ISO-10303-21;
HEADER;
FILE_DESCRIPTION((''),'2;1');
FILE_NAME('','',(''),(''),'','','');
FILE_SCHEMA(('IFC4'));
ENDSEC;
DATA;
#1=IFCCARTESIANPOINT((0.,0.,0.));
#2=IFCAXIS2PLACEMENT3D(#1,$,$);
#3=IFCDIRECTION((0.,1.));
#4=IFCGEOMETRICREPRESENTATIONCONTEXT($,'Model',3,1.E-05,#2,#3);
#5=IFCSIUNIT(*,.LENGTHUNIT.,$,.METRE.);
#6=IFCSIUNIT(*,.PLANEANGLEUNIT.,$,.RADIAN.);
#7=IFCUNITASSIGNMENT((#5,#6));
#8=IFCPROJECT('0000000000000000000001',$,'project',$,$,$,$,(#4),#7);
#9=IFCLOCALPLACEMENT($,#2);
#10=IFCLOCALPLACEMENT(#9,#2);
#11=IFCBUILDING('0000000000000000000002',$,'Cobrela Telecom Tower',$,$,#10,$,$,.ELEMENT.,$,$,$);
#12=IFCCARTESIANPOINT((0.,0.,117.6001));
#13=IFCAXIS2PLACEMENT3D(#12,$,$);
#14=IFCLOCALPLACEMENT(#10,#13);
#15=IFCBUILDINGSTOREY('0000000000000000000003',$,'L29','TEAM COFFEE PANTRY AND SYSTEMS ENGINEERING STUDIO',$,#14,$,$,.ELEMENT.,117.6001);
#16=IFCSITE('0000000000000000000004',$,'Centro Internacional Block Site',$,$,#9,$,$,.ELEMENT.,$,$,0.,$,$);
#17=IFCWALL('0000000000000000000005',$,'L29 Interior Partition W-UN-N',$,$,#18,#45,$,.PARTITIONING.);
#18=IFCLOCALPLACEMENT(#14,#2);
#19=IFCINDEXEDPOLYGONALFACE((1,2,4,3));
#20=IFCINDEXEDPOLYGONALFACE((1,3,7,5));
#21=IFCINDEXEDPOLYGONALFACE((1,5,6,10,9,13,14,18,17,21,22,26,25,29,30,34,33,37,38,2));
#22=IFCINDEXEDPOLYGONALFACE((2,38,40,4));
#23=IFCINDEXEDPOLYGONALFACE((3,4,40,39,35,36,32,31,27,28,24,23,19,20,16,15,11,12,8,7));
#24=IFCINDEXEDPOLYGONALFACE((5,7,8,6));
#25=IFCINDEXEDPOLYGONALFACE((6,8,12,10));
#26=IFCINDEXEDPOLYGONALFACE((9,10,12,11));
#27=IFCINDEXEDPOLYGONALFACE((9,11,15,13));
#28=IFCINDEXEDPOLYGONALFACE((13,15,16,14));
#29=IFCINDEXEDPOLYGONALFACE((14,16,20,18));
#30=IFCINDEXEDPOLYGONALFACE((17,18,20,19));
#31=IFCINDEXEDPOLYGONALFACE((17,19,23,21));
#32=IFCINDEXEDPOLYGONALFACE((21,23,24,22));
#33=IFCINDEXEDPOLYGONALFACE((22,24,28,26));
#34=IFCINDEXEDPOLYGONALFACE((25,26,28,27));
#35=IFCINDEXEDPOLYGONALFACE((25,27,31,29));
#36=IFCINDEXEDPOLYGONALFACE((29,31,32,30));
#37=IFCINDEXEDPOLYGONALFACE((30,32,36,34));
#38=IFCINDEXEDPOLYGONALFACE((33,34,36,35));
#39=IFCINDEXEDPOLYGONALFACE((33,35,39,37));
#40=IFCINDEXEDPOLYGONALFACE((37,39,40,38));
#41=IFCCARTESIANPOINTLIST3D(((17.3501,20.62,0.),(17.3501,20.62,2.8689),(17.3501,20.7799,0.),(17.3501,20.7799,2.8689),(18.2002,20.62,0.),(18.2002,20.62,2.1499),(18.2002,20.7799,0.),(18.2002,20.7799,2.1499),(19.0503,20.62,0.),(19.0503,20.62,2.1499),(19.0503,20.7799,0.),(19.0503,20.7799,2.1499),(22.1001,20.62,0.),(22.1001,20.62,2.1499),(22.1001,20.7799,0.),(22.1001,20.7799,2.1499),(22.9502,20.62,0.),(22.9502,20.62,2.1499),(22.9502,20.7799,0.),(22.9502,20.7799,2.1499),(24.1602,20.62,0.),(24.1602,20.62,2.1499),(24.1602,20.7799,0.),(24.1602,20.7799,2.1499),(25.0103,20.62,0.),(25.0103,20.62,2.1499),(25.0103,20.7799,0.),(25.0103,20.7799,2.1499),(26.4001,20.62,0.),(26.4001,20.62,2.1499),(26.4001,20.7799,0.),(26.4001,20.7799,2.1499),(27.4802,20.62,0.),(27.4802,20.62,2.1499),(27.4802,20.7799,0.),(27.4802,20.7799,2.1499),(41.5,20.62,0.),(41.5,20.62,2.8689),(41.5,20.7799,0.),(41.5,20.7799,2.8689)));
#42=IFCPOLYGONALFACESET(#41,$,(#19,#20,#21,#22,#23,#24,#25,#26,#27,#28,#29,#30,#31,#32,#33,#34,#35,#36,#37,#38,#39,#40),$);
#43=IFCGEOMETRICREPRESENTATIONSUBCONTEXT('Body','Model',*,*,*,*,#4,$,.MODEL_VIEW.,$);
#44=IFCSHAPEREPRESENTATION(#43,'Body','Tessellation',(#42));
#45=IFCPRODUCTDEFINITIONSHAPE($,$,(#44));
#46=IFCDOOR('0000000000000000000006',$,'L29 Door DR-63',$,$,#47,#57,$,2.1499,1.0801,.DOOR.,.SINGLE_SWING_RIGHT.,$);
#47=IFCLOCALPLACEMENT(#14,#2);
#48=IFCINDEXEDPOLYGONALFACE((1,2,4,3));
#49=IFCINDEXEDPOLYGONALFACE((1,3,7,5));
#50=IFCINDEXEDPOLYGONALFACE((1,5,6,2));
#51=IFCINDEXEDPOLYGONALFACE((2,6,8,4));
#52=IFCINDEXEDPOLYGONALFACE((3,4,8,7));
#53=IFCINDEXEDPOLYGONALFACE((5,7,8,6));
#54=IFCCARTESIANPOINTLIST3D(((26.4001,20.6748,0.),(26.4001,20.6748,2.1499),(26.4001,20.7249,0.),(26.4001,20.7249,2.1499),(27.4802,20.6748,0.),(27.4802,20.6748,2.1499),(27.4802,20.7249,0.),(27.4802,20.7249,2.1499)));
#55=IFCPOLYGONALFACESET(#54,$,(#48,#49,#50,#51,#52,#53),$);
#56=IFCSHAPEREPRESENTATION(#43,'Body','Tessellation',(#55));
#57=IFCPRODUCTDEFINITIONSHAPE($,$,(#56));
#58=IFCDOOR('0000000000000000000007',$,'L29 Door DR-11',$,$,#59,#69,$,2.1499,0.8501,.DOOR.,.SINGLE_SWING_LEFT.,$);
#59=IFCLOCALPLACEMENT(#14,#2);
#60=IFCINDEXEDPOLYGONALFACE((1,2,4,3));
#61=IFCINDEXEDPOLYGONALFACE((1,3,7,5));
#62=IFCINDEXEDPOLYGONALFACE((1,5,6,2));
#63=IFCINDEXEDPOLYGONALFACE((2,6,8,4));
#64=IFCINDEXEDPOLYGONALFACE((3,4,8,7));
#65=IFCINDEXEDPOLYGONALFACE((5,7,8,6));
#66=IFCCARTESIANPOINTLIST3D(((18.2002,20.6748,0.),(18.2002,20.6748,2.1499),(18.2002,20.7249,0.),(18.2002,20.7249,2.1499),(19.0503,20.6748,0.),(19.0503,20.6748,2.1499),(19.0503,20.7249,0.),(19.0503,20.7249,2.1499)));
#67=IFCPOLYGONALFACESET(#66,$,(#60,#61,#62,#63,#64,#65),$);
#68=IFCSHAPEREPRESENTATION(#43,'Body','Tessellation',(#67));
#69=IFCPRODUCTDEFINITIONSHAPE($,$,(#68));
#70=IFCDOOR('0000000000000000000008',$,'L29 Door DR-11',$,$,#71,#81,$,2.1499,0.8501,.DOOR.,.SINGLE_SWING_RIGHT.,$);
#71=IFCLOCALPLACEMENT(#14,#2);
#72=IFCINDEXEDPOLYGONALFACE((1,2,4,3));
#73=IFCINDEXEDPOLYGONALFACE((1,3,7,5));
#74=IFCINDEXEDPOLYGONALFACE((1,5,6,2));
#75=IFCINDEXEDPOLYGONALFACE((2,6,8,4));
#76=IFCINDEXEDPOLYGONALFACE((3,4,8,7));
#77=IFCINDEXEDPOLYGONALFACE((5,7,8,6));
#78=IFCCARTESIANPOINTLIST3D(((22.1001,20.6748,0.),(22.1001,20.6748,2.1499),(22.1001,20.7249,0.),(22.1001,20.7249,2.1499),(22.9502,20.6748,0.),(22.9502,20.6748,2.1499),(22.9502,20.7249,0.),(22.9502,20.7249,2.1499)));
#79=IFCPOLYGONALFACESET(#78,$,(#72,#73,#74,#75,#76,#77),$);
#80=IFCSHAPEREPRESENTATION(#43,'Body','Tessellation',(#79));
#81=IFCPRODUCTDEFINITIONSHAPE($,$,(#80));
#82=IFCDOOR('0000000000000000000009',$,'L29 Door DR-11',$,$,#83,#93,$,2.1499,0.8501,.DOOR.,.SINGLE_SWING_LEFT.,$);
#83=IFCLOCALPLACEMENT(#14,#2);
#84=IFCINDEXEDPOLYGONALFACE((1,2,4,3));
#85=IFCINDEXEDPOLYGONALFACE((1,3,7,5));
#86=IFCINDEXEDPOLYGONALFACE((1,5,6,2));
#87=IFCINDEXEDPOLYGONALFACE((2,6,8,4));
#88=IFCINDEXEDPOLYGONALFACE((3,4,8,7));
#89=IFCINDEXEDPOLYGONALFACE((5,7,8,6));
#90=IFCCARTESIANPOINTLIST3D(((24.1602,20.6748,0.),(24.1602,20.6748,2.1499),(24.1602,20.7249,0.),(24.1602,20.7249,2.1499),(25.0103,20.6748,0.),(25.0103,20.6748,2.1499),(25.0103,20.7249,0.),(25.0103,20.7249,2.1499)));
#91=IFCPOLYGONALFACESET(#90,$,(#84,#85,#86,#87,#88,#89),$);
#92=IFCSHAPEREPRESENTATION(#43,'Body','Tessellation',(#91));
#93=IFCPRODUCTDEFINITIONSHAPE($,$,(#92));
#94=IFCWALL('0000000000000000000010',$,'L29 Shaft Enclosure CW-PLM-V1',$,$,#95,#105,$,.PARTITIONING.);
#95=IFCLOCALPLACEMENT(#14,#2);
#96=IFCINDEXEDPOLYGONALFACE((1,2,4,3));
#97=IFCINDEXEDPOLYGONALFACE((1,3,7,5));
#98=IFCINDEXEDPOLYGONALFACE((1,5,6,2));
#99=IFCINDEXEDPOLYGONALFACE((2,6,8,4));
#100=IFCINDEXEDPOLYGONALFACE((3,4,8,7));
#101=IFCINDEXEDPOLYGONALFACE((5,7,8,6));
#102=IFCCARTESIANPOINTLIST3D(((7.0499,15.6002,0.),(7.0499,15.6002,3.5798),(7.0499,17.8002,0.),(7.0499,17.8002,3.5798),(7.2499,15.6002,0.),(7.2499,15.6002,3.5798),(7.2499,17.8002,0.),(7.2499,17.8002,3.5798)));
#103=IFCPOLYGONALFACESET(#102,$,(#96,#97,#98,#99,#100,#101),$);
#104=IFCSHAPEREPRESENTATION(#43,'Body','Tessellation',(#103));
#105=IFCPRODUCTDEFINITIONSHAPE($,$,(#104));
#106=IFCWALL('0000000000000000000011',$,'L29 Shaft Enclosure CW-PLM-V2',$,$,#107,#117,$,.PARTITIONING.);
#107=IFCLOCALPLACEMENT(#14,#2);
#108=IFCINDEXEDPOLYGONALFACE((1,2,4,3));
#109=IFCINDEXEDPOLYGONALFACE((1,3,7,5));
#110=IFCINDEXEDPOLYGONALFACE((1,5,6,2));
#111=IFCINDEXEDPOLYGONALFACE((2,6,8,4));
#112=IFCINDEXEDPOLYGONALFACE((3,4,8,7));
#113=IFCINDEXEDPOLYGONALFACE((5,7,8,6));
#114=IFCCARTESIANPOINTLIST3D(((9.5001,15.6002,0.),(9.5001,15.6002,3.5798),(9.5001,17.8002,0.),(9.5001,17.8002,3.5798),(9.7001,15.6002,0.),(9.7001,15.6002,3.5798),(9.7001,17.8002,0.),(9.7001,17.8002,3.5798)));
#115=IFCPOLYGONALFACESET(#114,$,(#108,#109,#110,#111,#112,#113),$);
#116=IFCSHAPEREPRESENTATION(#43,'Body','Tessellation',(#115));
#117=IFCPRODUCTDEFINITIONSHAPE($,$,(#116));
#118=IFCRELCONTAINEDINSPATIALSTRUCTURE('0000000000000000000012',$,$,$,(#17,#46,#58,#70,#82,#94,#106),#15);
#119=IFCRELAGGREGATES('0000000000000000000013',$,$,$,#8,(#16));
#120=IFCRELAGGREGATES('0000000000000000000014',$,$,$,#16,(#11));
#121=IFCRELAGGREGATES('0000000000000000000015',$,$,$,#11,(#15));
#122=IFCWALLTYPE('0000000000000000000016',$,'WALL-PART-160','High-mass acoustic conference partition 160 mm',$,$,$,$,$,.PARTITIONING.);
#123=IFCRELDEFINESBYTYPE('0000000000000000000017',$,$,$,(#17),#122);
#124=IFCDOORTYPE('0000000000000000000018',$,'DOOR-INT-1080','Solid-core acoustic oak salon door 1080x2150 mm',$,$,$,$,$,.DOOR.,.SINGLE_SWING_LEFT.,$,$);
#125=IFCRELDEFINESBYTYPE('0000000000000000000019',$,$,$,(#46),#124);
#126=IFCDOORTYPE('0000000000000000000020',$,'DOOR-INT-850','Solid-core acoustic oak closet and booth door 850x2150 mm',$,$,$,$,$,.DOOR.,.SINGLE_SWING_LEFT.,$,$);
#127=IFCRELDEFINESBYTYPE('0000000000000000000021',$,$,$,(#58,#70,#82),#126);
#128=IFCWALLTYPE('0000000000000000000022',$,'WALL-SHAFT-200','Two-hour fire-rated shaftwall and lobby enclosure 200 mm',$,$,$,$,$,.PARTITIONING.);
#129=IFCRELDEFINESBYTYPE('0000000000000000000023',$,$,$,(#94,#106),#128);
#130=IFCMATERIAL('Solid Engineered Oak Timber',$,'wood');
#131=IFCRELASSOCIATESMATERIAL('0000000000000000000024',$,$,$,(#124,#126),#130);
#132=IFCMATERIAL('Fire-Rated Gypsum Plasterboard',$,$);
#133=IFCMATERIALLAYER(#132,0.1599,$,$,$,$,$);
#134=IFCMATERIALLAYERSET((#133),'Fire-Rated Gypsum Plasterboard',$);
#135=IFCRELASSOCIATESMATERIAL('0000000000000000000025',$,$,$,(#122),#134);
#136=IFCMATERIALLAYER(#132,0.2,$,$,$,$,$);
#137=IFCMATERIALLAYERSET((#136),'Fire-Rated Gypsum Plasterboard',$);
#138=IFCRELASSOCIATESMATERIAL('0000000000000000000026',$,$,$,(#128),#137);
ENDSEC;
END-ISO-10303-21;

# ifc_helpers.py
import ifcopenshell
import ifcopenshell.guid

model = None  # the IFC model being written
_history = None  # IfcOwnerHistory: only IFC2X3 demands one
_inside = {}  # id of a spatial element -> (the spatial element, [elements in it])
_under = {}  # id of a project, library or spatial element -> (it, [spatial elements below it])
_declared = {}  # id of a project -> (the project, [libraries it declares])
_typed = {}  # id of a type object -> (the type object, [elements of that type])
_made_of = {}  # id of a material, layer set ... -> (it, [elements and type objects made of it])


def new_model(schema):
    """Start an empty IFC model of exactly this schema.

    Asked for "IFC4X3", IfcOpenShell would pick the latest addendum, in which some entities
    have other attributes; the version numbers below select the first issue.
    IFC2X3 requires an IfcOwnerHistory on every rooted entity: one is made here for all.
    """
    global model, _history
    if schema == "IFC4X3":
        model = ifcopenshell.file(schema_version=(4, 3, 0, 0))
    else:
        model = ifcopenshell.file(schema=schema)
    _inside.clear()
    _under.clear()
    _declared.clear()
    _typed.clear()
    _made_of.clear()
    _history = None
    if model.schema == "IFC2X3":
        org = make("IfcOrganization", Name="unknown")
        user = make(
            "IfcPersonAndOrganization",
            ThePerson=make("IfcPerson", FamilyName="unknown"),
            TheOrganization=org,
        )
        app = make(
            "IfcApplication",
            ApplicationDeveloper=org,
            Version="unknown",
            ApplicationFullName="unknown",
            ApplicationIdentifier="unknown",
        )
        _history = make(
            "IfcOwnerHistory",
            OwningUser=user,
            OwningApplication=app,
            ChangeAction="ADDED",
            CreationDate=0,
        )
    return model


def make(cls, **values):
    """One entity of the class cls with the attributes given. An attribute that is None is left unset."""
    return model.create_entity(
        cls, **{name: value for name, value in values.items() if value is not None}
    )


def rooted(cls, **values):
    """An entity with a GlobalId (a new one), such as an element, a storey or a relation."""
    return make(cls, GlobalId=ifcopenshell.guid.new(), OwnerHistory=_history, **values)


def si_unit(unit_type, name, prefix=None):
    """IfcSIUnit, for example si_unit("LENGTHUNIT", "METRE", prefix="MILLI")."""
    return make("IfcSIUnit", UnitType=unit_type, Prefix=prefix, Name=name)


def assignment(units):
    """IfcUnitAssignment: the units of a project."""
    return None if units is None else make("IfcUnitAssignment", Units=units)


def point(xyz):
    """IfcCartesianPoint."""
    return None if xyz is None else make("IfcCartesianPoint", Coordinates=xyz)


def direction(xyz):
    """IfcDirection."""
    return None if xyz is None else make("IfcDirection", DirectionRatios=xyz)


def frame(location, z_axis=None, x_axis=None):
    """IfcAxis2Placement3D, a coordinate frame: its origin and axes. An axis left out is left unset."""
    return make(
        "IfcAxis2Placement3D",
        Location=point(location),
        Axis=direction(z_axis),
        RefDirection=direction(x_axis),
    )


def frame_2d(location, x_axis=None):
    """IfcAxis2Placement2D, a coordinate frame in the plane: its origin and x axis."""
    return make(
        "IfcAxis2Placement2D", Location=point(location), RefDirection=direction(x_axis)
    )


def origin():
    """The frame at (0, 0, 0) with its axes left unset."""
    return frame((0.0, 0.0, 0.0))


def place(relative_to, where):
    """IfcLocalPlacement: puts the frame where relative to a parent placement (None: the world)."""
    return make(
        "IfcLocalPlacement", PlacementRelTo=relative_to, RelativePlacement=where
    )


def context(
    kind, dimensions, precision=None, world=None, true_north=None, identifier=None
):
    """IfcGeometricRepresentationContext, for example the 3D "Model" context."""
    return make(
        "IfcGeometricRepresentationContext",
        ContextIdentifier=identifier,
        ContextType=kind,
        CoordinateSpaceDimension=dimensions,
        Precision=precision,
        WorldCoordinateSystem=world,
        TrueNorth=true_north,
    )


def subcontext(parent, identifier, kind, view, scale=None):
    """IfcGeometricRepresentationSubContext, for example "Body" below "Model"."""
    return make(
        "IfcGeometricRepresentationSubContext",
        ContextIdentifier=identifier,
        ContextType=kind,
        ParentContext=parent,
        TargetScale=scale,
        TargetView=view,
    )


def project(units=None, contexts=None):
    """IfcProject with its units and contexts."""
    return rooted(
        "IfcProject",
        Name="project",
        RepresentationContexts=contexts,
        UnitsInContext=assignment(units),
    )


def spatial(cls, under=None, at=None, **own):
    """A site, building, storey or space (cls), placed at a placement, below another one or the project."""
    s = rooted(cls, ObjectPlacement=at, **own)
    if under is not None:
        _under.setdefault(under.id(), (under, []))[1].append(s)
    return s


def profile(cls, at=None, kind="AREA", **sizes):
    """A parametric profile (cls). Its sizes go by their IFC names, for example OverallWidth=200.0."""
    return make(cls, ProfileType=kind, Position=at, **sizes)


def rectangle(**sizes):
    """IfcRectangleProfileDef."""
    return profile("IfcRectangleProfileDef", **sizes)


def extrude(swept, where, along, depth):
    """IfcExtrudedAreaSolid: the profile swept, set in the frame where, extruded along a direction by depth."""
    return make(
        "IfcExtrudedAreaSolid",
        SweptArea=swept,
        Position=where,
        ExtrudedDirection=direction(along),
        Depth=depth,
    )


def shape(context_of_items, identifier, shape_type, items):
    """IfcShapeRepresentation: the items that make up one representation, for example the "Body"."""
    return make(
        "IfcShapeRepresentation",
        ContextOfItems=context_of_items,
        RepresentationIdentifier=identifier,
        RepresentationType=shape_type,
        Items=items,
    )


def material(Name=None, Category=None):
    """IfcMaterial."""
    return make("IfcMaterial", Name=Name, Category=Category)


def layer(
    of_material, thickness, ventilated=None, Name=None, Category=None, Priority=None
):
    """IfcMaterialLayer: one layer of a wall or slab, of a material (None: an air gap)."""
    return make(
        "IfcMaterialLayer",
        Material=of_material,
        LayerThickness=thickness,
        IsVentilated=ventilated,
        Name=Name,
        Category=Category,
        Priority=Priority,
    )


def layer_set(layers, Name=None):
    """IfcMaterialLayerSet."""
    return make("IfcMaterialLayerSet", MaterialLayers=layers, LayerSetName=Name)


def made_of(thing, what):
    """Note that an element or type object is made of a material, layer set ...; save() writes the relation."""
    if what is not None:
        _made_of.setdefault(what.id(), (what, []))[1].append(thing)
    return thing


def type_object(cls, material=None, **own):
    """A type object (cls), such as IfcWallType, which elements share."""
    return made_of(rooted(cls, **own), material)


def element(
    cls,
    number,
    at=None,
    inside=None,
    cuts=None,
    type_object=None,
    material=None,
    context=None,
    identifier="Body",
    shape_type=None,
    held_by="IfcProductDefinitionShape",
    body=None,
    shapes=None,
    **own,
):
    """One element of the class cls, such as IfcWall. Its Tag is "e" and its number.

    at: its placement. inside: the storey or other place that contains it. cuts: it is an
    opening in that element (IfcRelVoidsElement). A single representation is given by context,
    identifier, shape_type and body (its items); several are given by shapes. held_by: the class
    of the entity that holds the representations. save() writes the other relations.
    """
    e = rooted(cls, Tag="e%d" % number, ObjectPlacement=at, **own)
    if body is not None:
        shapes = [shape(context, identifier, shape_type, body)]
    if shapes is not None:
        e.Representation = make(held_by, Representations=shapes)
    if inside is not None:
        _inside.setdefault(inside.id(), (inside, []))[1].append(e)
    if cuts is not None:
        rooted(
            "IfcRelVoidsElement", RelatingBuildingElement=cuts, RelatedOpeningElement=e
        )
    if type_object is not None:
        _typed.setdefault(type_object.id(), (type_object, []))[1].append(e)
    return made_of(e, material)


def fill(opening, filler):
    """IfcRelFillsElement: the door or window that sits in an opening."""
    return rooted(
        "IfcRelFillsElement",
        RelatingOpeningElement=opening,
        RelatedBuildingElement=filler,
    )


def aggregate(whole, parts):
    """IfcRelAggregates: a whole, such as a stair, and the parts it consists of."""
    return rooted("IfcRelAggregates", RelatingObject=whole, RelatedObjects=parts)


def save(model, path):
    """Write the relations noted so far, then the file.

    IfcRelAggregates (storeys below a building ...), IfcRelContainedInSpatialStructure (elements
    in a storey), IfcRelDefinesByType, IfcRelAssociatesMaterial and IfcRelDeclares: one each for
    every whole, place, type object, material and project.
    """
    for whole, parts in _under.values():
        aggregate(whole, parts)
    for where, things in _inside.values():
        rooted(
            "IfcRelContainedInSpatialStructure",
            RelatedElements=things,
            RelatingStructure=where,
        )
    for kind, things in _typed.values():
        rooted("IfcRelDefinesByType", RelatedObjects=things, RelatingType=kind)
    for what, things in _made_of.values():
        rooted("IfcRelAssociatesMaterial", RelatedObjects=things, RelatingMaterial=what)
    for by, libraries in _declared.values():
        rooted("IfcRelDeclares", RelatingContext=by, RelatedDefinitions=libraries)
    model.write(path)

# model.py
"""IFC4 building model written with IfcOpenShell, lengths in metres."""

from ifc_helpers import new_model, si_unit, direction, frame, frame_2d, origin, place, context, subcontext, project, spatial, rectangle, extrude, material, layer, layer_set, type_object, element, fill, save


model = new_model("IFC4")

# Units and contexts
model_context = context("Model", 3, precision=1e-05, world=origin(), true_north=direction((0.0, 1.0)))
body_context = subcontext(model_context, "Body", "Model", "MODEL_VIEW")
ifc_project = project(units=[si_unit("LENGTHUNIT", "METRE"), si_unit("PLANEANGLEUNIT", "RADIAN")], contexts=[model_context])

# Site, building, storey
site_placement = place(None, origin())
site = spatial("IfcSite", under=ifc_project, at=site_placement, Name="Centro Internacional Block Site", CompositionType="ELEMENT", RefElevation=0.0)
building_placement = place(site_placement, origin())
building = spatial("IfcBuilding", under=site, at=building_placement, Name="Cobrela Telecom Tower", CompositionType="ELEMENT")
storey_placement = place(building_placement, frame((0.0, 0.0, 117.6001)))
storey = spatial("IfcBuildingStorey", under=building, at=storey_placement, Name="L29", Description="TEAM COFFEE PANTRY AND SYSTEMS ENGINEERING STUDIO", CompositionType="ELEMENT", Elevation=117.6001)

# Wall, openings, doors
ifc_material_1 = material(Name="Fire-Rated Gypsum Plasterboard")
ifc_material_2 = material(Name="Solid Engineered Oak Timber", Category="wood")
door_type_1 = type_object("IfcDoorType", Name="DOOR-INT-1080", Description="Solid-core acoustic oak salon door 1080x2150 mm", OperationType="SINGLE_SWING_LEFT", PredefinedType="DOOR", material=ifc_material_2)
ifc_layer_1 = layer(ifc_material_1, 0.1599)
ifc_layer_set_1 = layer_set([ifc_layer_1], Name="Fire-Rated Gypsum Plasterboard")
wall_type_1 = type_object("IfcWallType", Name="WALL-PART-160", Description="High-mass acoustic conference partition 160 mm", PredefinedType="PARTITIONING", material=ifc_layer_set_1)
wall_1_placement = place(storey_placement, frame((17.3501, 20.7, 0.0), z_axis=(0.0, 0.0, 1.0), x_axis=(1.0, 0.0, 0.0)))
wall_1 = element("IfcWall", 1, at=wall_1_placement, inside=storey, type_object=wall_type_1, Name="L29 Interior Partition W-UN-N", PredefinedType="PARTITIONING", context=body_context, shape_type="SweptSolid", body=[
    extrude(rectangle(XDim=24.1499, YDim=0.1599, at=frame_2d((12.075, 0.0))), origin(), (0.0, 0.0, 1.0), 2.8689),
])
opening_1_placement = place(wall_1_placement, frame((0.8501, 0.0, 0.0)))
opening_1 = element("IfcOpeningElement", 2, at=opening_1_placement, cuts=wall_1, PredefinedType="OPENING", context=body_context, shape_type="SweptSolid", body=[
    extrude(rectangle(XDim=0.8501, YDim=2.1499, at=frame_2d((0.425, 1.075))), frame((0.0, 0.0918, 0.0), z_axis=(0.0, -1.0, 0.0), x_axis=(1.0, 0.0, 0.0)), (0.0, 0.0, 1.0), 0.1838),
])
opening_2_placement = place(wall_1_placement, frame((4.75, 0.0, 0.0)))
opening_2 = element("IfcOpeningElement", 3, at=opening_2_placement, cuts=wall_1, PredefinedType="OPENING", context=body_context, shape_type="SweptSolid", body=[
    extrude(rectangle(XDim=0.8501, YDim=2.1499, at=frame_2d((0.425, 1.075))), frame((0.0, 0.0918, 0.0), z_axis=(0.0, -1.0, 0.0), x_axis=(1.0, 0.0, 0.0)), (0.0, 0.0, 1.0), 0.1838),
])
opening_3_placement = place(wall_1_placement, frame((6.8101, 0.0, 0.0)))
opening_3 = element("IfcOpeningElement", 4, at=opening_3_placement, cuts=wall_1, PredefinedType="OPENING", context=body_context, shape_type="SweptSolid", body=[
    extrude(rectangle(XDim=0.8501, YDim=2.1499, at=frame_2d((0.425, 1.075))), frame((0.0, 0.0918, 0.0), z_axis=(0.0, -1.0, 0.0), x_axis=(1.0, 0.0, 0.0)), (0.0, 0.0, 1.0), 0.1838),
])
opening_4_placement = place(wall_1_placement, frame((9.05, 0.0, 0.0)))
opening_4 = element("IfcOpeningElement", 5, at=opening_4_placement, cuts=wall_1, PredefinedType="OPENING", context=body_context, shape_type="SweptSolid", body=[
    extrude(rectangle(XDim=1.0801, YDim=2.1499, at=frame_2d((0.54, 1.075))), frame((0.0, 0.0918, 0.0), z_axis=(0.0, -1.0, 0.0), x_axis=(1.0, 0.0, 0.0)), (0.0, 0.0, 1.0), 0.1838),
])
door_1_placement = place(opening_4_placement, origin())
door_1 = element("IfcDoor", 6, at=door_1_placement, inside=storey, type_object=door_type_1, Name="L29 Door DR-63", OperationType="SINGLE_SWING_RIGHT", OverallHeight=2.1499, OverallWidth=1.0801, PredefinedType="DOOR", context=body_context, shape_type="SweptSolid", body=[
    extrude(rectangle(XDim=1.0801, YDim=2.1499, at=frame_2d((0.54, 1.075))), frame((0.0, 0.0249, 0.0), z_axis=(0.0, -1.0, 0.0), x_axis=(1.0, 0.0, 0.0)), (0.0, 0.0, 1.0), 0.05),
])
fill(opening_4, door_1)
door_type_2 = type_object("IfcDoorType", Name="DOOR-INT-850", Description="Solid-core acoustic oak closet and booth door 850x2150 mm", OperationType="SINGLE_SWING_LEFT", PredefinedType="DOOR", material=ifc_material_2)
door_2_placement = place(opening_1_placement, origin())
door_2 = element("IfcDoor", 7, at=door_2_placement, inside=storey, type_object=door_type_2, Name="L29 Door DR-11", OperationType="SINGLE_SWING_LEFT", OverallHeight=2.1499, OverallWidth=0.8501, PredefinedType="DOOR", context=body_context, shape_type="SweptSolid", body=[
    extrude(rectangle(XDim=0.8501, YDim=2.1499, at=frame_2d((0.425, 1.075))), frame((0.0, 0.0249, 0.0), z_axis=(0.0, -1.0, 0.0), x_axis=(1.0, 0.0, 0.0)), (0.0, 0.0, 1.0), 0.05),
])
fill(opening_1, door_2)
door_3_placement = place(opening_2_placement, origin())
door_3 = element("IfcDoor", 8, at=door_3_placement, inside=storey, type_object=door_type_2, Name="L29 Door DR-11", OperationType="SINGLE_SWING_RIGHT", OverallHeight=2.1499, OverallWidth=0.8501, PredefinedType="DOOR", context=body_context, shape_type="SweptSolid", body=[
    extrude(rectangle(XDim=0.8501, YDim=2.1499, at=frame_2d((0.425, 1.075))), frame((0.0, 0.0249, 0.0), z_axis=(0.0, -1.0, 0.0), x_axis=(1.0, 0.0, 0.0)), (0.0, 0.0, 1.0), 0.05),
])
fill(opening_2, door_3)
door_4_placement = place(opening_3_placement, origin())
door_4 = element("IfcDoor", 9, at=door_4_placement, inside=storey, type_object=door_type_2, Name="L29 Door DR-11", OperationType="SINGLE_SWING_LEFT", OverallHeight=2.1499, OverallWidth=0.8501, PredefinedType="DOOR", context=body_context, shape_type="SweptSolid", body=[
    extrude(rectangle(XDim=0.8501, YDim=2.1499, at=frame_2d((0.425, 1.075))), frame((0.0, 0.0249, 0.0), z_axis=(0.0, -1.0, 0.0), x_axis=(1.0, 0.0, 0.0)), (0.0, 0.0, 1.0), 0.05),
])
fill(opening_3, door_4)

# Walls
ifc_layer_2 = layer(ifc_material_1, 0.2)
ifc_layer_set_2 = layer_set([ifc_layer_2], Name="Fire-Rated Gypsum Plasterboard")
wall_type_2 = type_object("IfcWallType", Name="WALL-SHAFT-200", Description="Two-hour fire-rated shaftwall and lobby enclosure 200 mm", PredefinedType="PARTITIONING", material=ifc_layer_set_2)
for number, where, z_axis, x_axis, name in (
    (10, (7.1499, 15.6001, 0.0), (0.0, 0.0, 1.0), (0.0, 1.0, 0.0), "L29 Shaft Enclosure CW-PLM-V1"),
    (11, (9.6001, 15.6001, 0.0), (0.0, 0.0, 1.0), (0.0, 1.0, 0.0), "L29 Shaft Enclosure CW-PLM-V2"),
):
    element("IfcWall", number, at=place(storey_placement, frame(where, z_axis=z_axis, x_axis=x_axis)), inside=storey, type_object=wall_type_2, Name=name, PredefinedType="PARTITIONING", context=body_context, shape_type="SweptSolid", body=[
        extrude(rectangle(XDim=2.2, YDim=0.2, at=frame_2d((1.1001, 0.0))), origin(), (0.0, 0.0, 1.0), 3.5798),
    ])

save(model, "model.ifc")
